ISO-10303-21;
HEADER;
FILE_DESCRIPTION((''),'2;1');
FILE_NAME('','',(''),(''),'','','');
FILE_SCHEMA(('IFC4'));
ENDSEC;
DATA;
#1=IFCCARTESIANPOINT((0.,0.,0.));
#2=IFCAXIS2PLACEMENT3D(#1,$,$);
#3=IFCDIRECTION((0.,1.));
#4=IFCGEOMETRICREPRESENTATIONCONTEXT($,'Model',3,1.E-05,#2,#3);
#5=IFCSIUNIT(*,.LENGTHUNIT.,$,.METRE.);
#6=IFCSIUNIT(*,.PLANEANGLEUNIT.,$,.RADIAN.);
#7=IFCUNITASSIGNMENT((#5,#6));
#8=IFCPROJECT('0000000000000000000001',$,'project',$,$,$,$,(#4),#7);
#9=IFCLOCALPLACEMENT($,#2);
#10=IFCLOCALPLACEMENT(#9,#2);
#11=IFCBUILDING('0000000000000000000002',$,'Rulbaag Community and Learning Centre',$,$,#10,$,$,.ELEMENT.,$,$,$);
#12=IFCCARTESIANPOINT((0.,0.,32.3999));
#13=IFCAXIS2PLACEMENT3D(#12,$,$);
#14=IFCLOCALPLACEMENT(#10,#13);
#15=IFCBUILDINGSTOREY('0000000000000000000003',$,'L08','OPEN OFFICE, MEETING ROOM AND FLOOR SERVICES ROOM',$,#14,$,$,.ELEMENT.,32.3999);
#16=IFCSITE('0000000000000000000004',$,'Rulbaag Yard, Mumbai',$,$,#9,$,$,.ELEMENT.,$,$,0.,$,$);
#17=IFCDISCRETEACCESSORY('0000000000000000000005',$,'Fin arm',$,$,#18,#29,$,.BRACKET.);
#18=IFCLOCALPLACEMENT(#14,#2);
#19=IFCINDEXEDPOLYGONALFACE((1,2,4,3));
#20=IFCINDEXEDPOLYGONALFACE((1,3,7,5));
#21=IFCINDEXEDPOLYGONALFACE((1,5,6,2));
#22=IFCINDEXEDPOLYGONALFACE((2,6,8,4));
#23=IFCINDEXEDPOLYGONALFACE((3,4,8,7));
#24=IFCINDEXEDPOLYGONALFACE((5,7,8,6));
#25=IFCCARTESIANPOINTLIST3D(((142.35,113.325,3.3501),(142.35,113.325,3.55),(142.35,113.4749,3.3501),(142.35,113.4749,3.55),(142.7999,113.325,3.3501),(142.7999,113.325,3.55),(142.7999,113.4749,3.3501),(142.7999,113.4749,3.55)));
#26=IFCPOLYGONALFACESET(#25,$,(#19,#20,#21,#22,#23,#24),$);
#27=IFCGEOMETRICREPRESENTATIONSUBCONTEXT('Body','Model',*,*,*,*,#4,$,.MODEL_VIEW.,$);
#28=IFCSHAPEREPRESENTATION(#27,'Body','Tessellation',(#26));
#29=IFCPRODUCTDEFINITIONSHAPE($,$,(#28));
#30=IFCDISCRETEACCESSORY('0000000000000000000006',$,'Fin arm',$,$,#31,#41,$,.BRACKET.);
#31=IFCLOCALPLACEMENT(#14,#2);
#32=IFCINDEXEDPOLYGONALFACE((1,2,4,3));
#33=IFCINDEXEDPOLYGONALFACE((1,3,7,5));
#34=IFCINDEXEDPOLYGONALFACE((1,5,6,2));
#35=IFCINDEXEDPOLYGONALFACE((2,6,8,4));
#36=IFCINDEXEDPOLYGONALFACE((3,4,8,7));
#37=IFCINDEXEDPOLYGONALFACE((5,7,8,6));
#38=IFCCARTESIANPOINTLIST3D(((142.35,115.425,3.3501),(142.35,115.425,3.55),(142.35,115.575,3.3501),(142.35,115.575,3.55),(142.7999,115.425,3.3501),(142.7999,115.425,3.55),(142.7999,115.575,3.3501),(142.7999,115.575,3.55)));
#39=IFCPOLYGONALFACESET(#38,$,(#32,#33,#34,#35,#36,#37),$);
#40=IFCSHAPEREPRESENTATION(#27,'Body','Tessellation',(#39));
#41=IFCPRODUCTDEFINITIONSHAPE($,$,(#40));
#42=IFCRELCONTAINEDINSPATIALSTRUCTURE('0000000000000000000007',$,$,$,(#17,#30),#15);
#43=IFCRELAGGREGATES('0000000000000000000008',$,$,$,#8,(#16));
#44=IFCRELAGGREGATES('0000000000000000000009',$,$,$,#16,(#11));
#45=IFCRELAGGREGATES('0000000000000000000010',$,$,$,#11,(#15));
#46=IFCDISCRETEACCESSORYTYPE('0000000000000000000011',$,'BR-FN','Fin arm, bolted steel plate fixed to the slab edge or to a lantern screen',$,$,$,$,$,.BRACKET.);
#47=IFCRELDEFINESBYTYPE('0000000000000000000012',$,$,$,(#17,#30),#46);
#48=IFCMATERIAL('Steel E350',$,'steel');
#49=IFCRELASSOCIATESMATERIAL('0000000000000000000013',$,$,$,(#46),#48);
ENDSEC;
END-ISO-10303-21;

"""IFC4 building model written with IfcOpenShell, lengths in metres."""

from ifc_helpers import new_model, si_unit, direction, frame, origin, origin_2d, place, context, subcontext, project, spatial, rectangle, extrude, material, type_object, element, save


model = new_model("IFC4")

# Units and contexts
model_context = context("Model", 3, precision=1e-05, world=origin(), true_north=direction((0.0, 1.0)))
body_context = subcontext(model_context, "Body", "Model", "MODEL_VIEW")
ifc_project = project(units=[si_unit("LENGTHUNIT", "METRE"), si_unit("PLANEANGLEUNIT", "RADIAN")], contexts=[model_context])

# Site, building, storey
site_placement = place(None, origin())
site = spatial("IfcSite", under=ifc_project, at=site_placement, Name="Rulbaag Yard, Mumbai", CompositionType="ELEMENT", RefElevation=0.0)
building_placement = place(site_placement, origin())
building = spatial("IfcBuilding", under=site, at=building_placement, Name="Rulbaag Community and Learning Centre", CompositionType="ELEMENT")
storey_placement = place(building_placement, frame((0.0, 0.0, 32.3999)))
storey = spatial("IfcBuildingStorey", under=building, at=storey_placement, Name="L08", Description="OPEN OFFICE, MEETING ROOM AND FLOOR SERVICES ROOM", CompositionType="ELEMENT", Elevation=32.3999)

# Discrete accessories
ifc_material_1 = material(Name="Steel E350", Category="steel")
discrete_accessory_type = type_object("IfcDiscreteAccessoryType", Name="BR-FN", Description="Fin arm, bolted steel plate fixed to the slab edge or to a lantern screen", PredefinedType="BRACKET", material=ifc_material_1)
for number, where, z_axis, x_axis, name in (
    (1, (142.575, 113.3999, 3.3501), (0.0, 0.0, 1.0), (1.0, 0.0, 0.0), "Fin arm"),
    (2, (142.575, 115.5, 3.3501), (0.0, 0.0, 1.0), (1.0, 0.0, 0.0), "Fin arm"),
):
    element("IfcDiscreteAccessory", number, at=place(storey_placement, frame(where, z_axis=z_axis, x_axis=x_axis)), inside=storey, type_object=discrete_accessory_type, Name=name, PredefinedType="BRACKET", context=body_context, shape_type="SweptSolid", body=[
        extrude(rectangle(XDim=0.45, YDim=0.1499, at=origin_2d()), origin(), (0.0, 0.0, 1.0), 0.2),
    ])

save(model, "model.ifc")
